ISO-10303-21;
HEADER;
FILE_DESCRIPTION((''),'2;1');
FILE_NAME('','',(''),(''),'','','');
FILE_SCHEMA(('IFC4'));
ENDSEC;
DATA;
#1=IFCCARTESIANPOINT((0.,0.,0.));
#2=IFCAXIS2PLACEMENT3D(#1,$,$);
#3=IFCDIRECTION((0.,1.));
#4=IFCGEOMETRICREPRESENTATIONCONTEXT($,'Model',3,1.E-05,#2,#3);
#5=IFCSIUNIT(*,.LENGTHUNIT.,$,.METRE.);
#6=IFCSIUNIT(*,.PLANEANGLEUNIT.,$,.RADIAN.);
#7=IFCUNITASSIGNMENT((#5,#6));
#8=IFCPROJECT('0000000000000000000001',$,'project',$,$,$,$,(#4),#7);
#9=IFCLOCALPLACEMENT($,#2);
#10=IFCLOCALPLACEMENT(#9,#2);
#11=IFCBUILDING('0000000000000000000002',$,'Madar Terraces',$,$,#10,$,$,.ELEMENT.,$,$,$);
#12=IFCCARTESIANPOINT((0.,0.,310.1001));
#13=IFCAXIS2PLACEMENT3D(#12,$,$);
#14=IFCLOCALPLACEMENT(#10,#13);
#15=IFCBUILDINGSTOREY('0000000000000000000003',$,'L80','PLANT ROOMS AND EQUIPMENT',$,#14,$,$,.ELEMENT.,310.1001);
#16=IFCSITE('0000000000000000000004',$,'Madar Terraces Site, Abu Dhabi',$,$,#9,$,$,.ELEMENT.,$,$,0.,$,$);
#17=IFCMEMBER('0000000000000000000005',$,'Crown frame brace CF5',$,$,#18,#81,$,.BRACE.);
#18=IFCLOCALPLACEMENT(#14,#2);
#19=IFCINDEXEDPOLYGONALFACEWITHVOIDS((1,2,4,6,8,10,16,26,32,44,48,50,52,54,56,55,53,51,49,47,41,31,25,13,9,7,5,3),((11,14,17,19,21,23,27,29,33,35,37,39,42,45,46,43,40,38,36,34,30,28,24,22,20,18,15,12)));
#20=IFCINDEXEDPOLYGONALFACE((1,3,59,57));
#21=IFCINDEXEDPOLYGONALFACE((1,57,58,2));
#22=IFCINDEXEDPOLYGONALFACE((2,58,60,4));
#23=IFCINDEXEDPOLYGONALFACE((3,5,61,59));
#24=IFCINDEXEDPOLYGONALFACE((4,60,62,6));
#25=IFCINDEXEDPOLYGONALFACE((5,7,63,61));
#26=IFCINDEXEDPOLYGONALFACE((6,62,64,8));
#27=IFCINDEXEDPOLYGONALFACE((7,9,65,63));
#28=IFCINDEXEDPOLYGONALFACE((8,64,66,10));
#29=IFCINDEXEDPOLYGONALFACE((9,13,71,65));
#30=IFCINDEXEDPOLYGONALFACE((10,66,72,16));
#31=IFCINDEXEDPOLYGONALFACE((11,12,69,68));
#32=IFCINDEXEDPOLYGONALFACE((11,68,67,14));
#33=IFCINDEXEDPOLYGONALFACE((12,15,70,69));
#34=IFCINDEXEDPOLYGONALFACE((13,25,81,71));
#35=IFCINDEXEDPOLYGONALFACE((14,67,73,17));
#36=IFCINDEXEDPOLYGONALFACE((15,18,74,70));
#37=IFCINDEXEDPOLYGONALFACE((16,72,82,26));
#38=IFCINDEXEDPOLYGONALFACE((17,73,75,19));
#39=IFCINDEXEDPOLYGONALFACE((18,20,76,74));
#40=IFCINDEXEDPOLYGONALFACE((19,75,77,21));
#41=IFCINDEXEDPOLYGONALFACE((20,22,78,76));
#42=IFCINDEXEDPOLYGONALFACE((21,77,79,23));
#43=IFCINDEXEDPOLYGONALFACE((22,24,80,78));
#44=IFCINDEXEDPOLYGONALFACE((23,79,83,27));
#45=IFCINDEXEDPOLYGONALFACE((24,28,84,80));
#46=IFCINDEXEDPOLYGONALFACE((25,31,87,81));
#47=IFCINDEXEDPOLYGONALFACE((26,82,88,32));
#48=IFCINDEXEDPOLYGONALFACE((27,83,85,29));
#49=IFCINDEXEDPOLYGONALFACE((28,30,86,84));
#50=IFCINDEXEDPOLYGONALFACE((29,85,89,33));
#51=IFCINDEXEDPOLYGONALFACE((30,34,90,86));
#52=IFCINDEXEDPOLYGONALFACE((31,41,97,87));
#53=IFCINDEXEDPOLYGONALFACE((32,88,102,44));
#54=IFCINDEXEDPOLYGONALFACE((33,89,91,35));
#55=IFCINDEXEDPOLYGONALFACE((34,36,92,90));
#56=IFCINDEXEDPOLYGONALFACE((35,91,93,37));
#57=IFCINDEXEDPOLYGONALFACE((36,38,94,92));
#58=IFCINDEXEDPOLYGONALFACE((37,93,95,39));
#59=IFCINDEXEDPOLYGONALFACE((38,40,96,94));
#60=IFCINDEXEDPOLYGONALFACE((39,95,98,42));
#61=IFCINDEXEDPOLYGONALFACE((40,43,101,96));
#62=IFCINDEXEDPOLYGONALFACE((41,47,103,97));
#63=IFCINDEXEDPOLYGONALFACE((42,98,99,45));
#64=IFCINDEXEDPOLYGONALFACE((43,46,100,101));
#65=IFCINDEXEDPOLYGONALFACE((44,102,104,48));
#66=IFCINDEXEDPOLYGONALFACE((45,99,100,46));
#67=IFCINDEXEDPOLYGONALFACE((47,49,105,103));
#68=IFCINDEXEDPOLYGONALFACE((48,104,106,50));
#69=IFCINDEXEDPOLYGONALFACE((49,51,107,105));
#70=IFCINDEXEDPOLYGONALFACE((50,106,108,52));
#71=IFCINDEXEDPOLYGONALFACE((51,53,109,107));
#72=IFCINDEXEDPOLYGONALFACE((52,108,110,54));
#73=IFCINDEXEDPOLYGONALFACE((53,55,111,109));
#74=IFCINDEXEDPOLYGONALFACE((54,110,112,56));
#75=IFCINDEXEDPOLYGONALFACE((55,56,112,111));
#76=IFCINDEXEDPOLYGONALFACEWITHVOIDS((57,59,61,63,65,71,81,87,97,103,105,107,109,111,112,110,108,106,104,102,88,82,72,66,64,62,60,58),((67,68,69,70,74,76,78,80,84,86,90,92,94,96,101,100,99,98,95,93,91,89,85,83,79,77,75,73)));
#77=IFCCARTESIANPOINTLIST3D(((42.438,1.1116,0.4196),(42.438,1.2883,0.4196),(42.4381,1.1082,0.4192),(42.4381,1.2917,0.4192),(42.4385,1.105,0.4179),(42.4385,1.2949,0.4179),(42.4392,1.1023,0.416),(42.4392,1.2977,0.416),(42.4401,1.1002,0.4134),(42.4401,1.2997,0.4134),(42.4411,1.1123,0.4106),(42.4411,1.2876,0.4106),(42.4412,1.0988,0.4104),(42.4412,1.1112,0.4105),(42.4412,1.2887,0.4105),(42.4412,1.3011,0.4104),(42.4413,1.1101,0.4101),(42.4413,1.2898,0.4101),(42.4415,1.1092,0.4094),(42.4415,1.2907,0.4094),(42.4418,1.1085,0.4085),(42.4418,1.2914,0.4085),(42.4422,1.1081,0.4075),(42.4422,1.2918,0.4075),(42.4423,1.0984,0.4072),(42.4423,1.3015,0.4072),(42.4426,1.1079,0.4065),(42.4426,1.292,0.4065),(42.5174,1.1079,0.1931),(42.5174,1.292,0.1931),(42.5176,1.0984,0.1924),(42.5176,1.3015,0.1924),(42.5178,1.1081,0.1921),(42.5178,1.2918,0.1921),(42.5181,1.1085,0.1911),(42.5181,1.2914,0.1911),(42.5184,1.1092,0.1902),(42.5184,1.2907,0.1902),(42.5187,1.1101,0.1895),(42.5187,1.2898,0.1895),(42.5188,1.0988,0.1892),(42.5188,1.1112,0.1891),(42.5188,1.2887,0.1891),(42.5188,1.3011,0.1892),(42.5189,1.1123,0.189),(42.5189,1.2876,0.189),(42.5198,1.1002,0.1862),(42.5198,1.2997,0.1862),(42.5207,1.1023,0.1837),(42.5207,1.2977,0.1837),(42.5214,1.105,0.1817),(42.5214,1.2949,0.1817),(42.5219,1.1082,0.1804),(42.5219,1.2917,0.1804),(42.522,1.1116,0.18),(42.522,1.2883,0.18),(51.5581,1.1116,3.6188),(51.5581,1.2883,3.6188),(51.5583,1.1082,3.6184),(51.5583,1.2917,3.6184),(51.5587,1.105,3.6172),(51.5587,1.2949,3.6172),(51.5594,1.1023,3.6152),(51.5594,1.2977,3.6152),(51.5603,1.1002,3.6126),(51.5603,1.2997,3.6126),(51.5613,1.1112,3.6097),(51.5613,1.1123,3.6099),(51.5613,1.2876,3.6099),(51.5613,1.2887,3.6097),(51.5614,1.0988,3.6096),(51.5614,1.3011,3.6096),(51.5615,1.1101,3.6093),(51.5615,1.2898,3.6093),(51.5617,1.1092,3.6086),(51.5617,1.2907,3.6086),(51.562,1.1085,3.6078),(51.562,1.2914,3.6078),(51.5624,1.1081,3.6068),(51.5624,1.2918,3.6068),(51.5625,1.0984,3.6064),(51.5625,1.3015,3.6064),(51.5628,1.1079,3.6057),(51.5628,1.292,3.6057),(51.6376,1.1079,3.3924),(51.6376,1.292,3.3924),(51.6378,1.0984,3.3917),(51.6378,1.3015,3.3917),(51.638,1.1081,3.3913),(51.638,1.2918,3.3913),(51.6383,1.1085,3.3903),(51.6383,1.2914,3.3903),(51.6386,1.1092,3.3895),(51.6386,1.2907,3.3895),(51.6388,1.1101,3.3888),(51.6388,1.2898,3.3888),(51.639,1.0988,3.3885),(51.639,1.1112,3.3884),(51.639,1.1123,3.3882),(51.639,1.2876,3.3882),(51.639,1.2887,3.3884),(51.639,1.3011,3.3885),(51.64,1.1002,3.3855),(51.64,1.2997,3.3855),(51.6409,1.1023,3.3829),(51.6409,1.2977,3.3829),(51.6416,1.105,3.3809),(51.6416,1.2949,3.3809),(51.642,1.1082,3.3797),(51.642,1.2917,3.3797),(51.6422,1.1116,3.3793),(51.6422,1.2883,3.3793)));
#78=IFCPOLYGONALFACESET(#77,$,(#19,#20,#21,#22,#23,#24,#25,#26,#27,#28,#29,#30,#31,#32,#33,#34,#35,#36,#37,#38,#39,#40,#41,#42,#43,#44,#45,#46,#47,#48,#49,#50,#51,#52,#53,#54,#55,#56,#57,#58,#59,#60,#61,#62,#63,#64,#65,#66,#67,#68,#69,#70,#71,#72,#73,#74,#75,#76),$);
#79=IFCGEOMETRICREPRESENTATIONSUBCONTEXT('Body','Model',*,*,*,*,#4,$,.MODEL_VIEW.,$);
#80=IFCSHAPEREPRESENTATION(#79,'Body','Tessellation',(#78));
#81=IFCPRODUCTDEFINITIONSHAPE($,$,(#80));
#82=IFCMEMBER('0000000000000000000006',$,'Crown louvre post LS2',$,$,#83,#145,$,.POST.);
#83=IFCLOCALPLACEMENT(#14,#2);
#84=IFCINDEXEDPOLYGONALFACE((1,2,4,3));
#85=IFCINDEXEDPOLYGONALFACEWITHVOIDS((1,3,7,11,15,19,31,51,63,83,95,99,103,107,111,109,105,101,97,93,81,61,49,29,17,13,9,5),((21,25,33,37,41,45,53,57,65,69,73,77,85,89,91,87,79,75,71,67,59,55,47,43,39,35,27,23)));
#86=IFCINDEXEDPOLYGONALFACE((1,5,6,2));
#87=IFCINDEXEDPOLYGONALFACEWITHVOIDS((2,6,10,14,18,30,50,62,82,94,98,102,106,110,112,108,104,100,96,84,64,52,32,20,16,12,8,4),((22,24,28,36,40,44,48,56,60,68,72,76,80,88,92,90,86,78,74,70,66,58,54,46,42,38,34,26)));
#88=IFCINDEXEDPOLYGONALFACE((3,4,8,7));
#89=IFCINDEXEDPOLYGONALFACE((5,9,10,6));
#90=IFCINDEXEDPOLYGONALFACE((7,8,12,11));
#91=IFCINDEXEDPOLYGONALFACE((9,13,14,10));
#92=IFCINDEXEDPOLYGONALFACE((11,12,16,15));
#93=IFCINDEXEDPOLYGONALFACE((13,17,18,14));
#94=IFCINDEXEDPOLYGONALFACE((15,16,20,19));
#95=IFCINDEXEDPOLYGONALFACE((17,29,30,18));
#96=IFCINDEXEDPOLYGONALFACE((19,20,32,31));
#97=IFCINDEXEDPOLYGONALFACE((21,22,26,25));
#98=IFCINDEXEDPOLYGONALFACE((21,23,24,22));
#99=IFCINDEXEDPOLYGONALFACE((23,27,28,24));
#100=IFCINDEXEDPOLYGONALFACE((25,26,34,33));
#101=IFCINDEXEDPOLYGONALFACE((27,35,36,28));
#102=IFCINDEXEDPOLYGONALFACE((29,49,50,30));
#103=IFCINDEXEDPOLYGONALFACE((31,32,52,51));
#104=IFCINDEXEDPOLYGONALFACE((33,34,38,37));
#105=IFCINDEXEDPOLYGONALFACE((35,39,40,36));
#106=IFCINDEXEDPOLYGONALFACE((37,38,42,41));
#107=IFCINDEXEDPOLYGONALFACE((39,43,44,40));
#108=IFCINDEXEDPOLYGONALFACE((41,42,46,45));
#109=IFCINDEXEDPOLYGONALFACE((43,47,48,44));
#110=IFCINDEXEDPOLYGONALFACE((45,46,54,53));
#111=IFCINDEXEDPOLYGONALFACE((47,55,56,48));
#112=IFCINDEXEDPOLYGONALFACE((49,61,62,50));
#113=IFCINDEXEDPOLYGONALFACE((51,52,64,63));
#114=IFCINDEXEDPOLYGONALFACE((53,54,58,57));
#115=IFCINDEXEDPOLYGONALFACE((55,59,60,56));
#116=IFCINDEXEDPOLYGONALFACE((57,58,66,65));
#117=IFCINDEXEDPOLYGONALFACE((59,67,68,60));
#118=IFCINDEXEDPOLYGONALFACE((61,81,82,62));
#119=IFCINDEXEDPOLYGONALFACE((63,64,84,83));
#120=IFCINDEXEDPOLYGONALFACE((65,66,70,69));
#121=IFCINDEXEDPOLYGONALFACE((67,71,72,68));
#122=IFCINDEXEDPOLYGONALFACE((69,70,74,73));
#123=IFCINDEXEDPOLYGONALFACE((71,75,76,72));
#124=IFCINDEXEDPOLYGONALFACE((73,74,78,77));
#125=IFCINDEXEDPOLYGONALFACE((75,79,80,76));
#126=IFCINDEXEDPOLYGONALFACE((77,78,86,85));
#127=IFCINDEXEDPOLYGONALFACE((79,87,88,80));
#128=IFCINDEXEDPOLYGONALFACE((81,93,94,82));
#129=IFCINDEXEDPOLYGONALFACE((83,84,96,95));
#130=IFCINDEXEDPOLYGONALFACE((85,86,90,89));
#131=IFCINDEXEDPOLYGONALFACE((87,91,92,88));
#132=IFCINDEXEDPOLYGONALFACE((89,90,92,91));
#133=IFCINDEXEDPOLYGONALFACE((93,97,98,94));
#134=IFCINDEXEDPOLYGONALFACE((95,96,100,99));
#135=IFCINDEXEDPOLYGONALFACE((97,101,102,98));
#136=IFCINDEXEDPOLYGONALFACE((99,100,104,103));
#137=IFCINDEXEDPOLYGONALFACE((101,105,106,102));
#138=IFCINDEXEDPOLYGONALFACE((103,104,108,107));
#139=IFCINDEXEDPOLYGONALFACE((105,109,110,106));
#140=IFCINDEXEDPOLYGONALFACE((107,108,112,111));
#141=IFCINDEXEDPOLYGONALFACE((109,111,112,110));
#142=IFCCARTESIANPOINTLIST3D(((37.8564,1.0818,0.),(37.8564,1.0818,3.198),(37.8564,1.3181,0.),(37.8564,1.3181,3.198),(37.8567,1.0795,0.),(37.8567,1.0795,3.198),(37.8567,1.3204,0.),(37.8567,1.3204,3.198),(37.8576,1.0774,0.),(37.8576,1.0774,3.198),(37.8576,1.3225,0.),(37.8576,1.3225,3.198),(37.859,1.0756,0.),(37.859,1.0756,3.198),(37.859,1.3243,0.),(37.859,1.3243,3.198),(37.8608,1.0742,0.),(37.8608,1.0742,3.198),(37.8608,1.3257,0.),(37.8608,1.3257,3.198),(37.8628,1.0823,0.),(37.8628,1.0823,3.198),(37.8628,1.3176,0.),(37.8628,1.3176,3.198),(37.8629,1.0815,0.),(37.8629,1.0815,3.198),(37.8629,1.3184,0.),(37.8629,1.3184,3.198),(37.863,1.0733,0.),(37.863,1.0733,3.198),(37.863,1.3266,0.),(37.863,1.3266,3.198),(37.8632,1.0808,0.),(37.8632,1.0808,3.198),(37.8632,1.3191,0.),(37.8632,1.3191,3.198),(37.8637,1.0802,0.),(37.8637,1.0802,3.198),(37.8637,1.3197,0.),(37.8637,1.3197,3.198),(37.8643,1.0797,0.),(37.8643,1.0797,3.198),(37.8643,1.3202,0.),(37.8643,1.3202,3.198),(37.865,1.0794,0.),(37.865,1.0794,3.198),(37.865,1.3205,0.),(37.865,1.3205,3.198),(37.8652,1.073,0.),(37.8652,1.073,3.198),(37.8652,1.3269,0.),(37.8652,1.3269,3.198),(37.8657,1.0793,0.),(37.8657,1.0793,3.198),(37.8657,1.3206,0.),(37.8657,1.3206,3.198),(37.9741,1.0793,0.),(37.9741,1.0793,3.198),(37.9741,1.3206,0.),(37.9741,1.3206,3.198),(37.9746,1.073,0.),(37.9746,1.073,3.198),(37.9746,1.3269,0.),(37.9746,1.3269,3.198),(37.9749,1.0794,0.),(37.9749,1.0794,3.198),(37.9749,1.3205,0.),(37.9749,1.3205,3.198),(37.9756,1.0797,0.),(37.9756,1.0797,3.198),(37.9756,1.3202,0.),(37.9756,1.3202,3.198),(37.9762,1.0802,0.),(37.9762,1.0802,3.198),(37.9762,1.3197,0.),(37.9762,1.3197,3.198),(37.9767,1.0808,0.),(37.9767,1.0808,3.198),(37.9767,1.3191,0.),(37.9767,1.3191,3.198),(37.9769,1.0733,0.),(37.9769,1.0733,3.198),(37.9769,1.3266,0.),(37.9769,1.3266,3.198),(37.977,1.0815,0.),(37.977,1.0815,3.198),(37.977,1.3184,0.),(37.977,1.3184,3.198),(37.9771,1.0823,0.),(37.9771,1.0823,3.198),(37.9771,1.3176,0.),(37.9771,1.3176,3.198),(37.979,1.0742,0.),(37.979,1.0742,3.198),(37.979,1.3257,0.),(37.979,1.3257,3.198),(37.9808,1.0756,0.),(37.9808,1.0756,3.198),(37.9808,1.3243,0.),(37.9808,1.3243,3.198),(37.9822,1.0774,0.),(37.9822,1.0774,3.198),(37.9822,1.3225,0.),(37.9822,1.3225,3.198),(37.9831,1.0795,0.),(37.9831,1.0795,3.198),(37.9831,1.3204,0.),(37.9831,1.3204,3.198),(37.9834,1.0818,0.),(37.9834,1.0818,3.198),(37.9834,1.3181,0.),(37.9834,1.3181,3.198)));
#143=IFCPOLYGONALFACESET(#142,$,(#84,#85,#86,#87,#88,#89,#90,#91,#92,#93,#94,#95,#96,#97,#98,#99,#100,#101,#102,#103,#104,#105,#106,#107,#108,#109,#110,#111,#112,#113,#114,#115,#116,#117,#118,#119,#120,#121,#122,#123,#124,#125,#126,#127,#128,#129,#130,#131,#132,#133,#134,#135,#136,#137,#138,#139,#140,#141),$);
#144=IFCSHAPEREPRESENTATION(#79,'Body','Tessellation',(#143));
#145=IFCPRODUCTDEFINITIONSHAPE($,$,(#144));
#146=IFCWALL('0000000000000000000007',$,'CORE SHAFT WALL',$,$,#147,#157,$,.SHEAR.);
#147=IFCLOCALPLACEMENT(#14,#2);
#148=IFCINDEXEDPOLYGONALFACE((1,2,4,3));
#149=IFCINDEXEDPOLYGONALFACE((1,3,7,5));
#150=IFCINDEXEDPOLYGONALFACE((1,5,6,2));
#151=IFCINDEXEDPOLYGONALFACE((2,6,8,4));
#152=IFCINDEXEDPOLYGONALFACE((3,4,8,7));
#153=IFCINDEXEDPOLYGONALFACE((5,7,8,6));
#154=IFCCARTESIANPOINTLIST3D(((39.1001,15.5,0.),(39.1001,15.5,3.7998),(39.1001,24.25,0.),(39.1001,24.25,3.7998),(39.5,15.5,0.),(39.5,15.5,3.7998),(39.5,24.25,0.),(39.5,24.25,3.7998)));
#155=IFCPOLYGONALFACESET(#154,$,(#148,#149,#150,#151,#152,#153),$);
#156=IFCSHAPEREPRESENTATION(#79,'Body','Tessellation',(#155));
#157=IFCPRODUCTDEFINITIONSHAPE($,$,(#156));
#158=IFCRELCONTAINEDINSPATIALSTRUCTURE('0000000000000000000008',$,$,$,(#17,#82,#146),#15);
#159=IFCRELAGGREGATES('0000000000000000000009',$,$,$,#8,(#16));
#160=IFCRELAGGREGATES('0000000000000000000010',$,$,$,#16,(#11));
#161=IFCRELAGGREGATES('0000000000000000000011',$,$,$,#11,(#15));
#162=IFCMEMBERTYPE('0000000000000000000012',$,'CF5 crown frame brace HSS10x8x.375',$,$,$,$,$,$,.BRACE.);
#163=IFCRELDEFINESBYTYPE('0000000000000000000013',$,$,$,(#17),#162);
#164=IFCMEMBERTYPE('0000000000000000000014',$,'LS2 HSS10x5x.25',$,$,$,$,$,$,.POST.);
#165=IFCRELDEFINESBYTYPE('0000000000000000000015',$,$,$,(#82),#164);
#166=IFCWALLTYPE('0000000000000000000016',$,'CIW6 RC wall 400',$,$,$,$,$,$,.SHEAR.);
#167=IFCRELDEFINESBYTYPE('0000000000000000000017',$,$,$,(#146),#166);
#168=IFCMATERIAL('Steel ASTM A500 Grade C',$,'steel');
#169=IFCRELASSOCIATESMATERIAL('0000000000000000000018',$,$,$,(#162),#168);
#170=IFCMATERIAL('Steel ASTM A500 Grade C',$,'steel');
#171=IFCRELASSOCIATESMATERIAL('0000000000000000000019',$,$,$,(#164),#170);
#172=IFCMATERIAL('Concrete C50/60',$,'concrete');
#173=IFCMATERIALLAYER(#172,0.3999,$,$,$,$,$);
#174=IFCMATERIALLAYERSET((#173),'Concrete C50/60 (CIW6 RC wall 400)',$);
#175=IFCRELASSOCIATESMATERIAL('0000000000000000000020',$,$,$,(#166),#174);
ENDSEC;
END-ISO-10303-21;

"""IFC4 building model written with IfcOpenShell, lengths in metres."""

from ifc_helpers import new_model, si_unit, direction, frame, frame_2d, origin, origin_2d, place, context, subcontext, project, spatial, rectangle, hollow_rectangle, extrude, material, layer, layer_set, material_profile, profile_set, type_object, element, save


model = new_model("IFC4")

# Units and contexts
model_context = context("Model", 3, precision=1e-05, world=origin(), true_north=direction((0.0, 1.0)))
body_context = subcontext(model_context, "Body", "Model", "MODEL_VIEW")
ifc_project = project(units=[si_unit("LENGTHUNIT", "METRE"), si_unit("PLANEANGLEUNIT", "RADIAN")], contexts=[model_context])

# Site, building, storey
site_placement = place(None, origin())
site = spatial("IfcSite", under=ifc_project, at=site_placement, Name="Madar Terraces Site, Abu Dhabi", CompositionType="ELEMENT", RefElevation=0.0)
building_placement = place(site_placement, origin())
building = spatial("IfcBuilding", under=site, at=building_placement, Name="Madar Terraces", CompositionType="ELEMENT")
storey_placement = place(building_placement, frame((0.0, 0.0, 310.1001)))
storey = spatial("IfcBuildingStorey", under=building, at=storey_placement, Name="L80", Description="PLANT ROOMS AND EQUIPMENT", CompositionType="ELEMENT", Elevation=310.1001)

# Members
ifc_material_1 = material(Name="Steel ASTM A500 Grade C", Category="steel")
ifc_material_profile_1 = material_profile(ifc_material_1, hollow_rectangle(XDim=0.2031, YDim=0.2539, WallThickness=0.0095, InnerFilletRadius=0.0044, OuterFilletRadius=0.0132, at=origin_2d()), Name="HSS10x8x.375")
ifc_profile_set_1 = profile_set([ifc_material_profile_1], Name="Steel ASTM A500 Grade C")
member_type_1 = type_object("IfcMemberType", Name="CF5 crown frame brace HSS10x8x.375", PredefinedType="BRACE", material=ifc_profile_set_1)
member_1_placement = place(storey_placement, frame((42.48, 1.2, 0.2998), z_axis=(0.943627, 0.0, 0.331012), x_axis=(0.0, 1.0, 0.0)))
element("IfcMember", 1, at=member_1_placement, inside=storey, type_object=member_type_1, Name="Crown frame brace CF5", PredefinedType="BRACE", context=body_context, shape_type="SweptSolid", body=[
    extrude(hollow_rectangle(XDim=0.2031, YDim=0.2539, WallThickness=0.0095, InnerFilletRadius=0.0044, OuterFilletRadius=0.0132, at=origin_2d()), origin(), (0.0, 0.0, 1.0), 9.665),
])
ifc_material_2 = material(Name="Steel ASTM A500 Grade C", Category="steel")
ifc_material_profile_2 = material_profile(ifc_material_2, hollow_rectangle(XDim=0.127, YDim=0.2539, WallThickness=0.0063, InnerFilletRadius=0.0029, OuterFilletRadius=0.0088, at=origin_2d()), Name="HSS10x5x.25")
ifc_profile_set_2 = profile_set([ifc_material_profile_2], Name="Steel ASTM A500 Grade C")
member_type_2 = type_object("IfcMemberType", Name="LS2 HSS10x5x.25", PredefinedType="POST", material=ifc_profile_set_2)
member_2_placement = place(storey_placement, frame((37.9199, 1.2, 0.0), z_axis=(0.0, 0.0, 1.0), x_axis=(1.0, 0.0, 0.0)))
element("IfcMember", 2, at=member_2_placement, inside=storey, type_object=member_type_2, Name="Crown louvre post LS2", PredefinedType="POST", context=body_context, shape_type="SweptSolid", body=[
    extrude(hollow_rectangle(XDim=0.127, YDim=0.2539, WallThickness=0.0063, InnerFilletRadius=0.0029, OuterFilletRadius=0.0088, at=origin_2d()), origin(), (0.0, 0.0, 1.0), 3.198),
])

# Wall
ifc_material_3 = material(Name="Concrete C50/60", Category="concrete")
ifc_layer_1 = layer(ifc_material_3, 0.3999)
ifc_layer_set_1 = layer_set([ifc_layer_1], Name="Concrete C50/60 (CIW6 RC wall 400)")
wall_type_1 = type_object("IfcWallType", Name="CIW6 RC wall 400", PredefinedType="SHEAR", material=ifc_layer_set_1)
wall_1_placement = place(storey_placement, frame((39.3, 15.5, 0.0), z_axis=(0.0, 0.0, 1.0), x_axis=(0.0, 1.0, 0.0)))
element("IfcWall", 3, at=wall_1_placement, inside=storey, type_object=wall_type_1, Name="CORE SHAFT WALL", PredefinedType="SHEAR", context=body_context, shape_type="SweptSolid", body=[
    extrude(rectangle(XDim=8.75, YDim=0.3999, at=frame_2d((4.375, 0.0))), origin(), (0.0, 0.0, 1.0), 3.7998),
])

save(model, "model.ifc")
